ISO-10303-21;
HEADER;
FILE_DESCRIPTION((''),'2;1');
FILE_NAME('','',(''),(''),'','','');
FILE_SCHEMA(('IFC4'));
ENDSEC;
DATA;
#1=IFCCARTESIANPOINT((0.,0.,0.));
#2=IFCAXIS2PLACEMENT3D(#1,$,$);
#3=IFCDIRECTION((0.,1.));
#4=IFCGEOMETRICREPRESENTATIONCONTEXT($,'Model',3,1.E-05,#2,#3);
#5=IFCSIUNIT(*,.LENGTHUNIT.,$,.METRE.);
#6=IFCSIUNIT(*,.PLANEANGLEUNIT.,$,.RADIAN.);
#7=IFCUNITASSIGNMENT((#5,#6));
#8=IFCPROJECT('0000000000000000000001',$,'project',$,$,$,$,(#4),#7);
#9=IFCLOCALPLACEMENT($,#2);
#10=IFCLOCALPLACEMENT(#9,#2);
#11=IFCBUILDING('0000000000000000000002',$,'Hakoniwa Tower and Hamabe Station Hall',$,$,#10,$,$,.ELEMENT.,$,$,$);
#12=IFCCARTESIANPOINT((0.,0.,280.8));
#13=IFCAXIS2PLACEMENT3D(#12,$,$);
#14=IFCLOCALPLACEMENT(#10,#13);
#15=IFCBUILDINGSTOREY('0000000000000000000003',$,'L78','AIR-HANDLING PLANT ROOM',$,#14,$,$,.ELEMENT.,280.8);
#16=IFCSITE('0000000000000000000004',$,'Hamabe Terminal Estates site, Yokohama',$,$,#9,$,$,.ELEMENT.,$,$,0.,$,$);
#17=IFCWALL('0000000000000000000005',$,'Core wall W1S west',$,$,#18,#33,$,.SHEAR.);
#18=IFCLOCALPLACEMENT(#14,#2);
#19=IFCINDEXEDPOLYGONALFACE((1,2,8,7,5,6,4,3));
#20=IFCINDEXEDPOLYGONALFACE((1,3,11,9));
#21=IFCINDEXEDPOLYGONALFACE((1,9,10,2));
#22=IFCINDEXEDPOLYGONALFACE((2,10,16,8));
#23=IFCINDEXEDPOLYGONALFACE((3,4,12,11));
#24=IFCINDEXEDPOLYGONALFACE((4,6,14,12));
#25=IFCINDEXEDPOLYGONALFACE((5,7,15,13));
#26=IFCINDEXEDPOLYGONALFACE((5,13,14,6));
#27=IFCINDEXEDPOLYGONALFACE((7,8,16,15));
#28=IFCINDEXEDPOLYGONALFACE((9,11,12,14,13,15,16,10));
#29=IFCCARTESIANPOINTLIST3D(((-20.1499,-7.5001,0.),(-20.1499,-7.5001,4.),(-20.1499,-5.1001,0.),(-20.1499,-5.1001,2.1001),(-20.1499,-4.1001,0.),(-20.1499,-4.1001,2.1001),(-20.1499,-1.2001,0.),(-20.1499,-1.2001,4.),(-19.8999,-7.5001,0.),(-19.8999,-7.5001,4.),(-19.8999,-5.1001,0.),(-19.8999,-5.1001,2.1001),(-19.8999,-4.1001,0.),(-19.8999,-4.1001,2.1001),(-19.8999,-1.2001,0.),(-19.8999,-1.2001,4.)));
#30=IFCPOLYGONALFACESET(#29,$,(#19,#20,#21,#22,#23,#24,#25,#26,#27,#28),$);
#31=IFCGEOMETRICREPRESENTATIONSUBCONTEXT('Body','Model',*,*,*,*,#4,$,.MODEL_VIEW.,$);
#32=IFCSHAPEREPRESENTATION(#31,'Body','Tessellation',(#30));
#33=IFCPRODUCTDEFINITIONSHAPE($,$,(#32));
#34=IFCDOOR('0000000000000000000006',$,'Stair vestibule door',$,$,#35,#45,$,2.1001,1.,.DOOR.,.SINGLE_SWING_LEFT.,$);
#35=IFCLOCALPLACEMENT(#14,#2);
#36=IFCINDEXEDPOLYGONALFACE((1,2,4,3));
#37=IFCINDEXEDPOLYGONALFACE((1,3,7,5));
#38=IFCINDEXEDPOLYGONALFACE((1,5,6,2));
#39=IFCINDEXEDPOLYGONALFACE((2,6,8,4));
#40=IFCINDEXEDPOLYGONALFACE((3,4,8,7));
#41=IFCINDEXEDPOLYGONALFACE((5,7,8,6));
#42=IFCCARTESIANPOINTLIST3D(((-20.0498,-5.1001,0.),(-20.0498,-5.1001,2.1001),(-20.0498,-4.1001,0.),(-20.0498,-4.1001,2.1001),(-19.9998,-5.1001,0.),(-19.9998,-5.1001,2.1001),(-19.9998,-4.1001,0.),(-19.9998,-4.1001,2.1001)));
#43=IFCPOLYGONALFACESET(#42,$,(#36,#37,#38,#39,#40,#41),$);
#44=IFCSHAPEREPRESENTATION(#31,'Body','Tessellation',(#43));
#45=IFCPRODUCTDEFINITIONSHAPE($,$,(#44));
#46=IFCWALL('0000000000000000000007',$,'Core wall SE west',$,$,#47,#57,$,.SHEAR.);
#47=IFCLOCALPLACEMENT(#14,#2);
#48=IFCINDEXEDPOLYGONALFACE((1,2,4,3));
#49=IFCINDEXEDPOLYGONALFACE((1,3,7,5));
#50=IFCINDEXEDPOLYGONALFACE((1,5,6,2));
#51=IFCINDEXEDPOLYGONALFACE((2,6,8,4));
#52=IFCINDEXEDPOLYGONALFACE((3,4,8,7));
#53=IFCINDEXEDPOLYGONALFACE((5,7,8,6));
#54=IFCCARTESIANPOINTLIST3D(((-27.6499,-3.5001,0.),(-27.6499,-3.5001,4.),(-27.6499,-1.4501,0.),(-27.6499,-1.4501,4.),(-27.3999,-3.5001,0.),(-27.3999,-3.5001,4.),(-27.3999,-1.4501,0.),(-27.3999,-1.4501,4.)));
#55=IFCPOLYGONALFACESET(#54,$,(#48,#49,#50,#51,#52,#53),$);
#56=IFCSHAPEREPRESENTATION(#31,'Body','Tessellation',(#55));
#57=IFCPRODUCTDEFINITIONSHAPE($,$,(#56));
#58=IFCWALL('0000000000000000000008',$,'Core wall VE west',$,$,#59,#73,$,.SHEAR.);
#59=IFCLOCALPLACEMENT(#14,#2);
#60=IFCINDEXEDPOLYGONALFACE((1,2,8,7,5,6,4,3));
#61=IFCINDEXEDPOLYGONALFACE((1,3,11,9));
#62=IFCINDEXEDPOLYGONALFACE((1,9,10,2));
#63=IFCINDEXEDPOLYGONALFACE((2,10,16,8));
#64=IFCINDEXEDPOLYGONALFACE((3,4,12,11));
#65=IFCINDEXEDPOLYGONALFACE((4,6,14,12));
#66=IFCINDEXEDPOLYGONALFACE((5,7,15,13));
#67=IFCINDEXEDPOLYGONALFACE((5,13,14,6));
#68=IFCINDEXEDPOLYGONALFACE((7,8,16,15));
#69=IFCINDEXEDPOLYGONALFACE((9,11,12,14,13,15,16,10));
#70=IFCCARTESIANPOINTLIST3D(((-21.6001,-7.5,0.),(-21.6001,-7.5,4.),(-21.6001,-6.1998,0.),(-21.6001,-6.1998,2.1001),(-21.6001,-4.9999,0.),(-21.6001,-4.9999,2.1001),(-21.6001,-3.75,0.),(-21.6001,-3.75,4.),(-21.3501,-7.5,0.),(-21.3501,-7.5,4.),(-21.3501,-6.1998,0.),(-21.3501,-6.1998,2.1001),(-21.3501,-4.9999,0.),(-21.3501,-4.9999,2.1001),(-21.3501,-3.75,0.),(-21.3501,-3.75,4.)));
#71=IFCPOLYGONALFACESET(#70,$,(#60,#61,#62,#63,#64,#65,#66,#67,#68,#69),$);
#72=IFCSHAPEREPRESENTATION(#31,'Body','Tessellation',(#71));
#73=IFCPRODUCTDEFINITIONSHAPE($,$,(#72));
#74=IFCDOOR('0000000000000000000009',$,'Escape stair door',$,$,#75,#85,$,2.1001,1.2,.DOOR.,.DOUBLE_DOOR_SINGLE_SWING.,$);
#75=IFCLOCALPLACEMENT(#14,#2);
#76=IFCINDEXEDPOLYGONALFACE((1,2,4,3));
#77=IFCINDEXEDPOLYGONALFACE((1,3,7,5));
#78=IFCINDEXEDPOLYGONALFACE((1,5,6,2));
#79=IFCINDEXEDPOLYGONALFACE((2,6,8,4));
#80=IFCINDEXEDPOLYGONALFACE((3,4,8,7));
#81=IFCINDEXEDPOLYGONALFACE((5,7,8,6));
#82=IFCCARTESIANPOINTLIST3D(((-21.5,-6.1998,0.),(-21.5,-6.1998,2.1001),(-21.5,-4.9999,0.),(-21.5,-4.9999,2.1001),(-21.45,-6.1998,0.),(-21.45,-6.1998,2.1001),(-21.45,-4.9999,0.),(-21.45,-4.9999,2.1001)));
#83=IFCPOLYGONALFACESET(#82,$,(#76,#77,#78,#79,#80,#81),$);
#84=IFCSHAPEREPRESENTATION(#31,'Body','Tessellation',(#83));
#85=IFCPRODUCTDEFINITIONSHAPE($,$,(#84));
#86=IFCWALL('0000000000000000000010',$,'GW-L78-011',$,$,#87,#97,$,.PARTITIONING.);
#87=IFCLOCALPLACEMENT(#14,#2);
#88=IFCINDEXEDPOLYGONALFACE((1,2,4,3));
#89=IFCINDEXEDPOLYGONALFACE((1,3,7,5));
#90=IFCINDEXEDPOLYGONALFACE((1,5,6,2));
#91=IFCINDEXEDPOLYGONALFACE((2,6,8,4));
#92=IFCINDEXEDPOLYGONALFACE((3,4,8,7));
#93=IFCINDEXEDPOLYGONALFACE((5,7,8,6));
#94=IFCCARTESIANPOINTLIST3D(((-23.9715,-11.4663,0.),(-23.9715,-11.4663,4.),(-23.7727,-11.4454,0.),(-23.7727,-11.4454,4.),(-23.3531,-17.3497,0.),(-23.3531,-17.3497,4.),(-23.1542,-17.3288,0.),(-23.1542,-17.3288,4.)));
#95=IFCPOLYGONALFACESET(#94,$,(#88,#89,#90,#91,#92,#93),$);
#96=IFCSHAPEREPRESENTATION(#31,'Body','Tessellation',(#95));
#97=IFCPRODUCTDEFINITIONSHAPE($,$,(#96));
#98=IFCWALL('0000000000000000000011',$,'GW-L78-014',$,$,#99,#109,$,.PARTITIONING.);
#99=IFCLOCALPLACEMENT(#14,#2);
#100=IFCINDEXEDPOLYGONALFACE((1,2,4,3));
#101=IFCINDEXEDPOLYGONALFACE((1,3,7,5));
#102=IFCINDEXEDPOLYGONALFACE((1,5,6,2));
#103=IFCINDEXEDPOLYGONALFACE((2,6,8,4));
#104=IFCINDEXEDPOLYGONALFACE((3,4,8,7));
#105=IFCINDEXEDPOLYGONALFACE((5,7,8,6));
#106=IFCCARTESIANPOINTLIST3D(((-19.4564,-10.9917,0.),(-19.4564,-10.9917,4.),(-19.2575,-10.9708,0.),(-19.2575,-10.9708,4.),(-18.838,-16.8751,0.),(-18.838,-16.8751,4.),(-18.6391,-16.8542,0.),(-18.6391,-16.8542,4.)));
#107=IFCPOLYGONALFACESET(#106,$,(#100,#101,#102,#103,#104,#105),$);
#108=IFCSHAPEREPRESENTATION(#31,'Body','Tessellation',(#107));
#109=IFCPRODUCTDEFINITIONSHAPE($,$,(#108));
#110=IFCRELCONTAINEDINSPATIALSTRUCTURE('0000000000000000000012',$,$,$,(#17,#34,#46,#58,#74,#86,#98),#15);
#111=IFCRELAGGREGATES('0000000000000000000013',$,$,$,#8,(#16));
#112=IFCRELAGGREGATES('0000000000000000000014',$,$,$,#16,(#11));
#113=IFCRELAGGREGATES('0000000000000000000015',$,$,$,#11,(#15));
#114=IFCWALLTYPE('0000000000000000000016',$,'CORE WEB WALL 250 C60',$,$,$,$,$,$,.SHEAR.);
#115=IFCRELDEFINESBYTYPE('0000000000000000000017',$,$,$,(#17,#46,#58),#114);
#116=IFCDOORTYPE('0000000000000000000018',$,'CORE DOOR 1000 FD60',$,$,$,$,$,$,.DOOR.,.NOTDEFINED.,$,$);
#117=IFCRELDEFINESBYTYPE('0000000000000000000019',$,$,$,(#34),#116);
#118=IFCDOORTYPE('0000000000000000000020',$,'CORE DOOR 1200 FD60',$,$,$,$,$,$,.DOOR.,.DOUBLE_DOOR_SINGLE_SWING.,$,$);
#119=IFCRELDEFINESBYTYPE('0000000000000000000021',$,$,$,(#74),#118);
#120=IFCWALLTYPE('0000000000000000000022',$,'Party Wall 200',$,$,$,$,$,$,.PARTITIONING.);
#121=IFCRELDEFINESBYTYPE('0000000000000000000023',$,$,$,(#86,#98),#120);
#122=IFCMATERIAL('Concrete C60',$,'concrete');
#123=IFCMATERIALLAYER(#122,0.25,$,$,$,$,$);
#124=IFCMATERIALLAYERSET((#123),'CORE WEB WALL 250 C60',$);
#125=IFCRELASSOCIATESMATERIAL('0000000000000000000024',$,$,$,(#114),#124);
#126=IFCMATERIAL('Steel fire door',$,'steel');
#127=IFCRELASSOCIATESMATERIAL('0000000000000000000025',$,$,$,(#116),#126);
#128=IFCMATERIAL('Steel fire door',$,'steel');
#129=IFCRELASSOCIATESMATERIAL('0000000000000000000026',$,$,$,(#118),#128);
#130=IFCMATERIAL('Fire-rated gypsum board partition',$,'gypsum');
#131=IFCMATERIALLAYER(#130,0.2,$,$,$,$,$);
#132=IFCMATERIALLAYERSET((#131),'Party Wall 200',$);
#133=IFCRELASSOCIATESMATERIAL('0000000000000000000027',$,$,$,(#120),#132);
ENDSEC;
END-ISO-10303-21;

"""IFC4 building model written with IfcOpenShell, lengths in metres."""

from ifc_helpers import new_model, si_unit, direction, frame, frame_2d, origin, place, context, subcontext, project, spatial, rectangle, extrude, material, layer, layer_set, type_object, element, fill, save


model = new_model("IFC4")

# Units and contexts
model_context = context("Model", 3, precision=1e-05, world=origin(), true_north=direction((0.0, 1.0)))
body_context = subcontext(model_context, "Body", "Model", "MODEL_VIEW")
ifc_project = project(units=[si_unit("LENGTHUNIT", "METRE"), si_unit("PLANEANGLEUNIT", "RADIAN")], contexts=[model_context])

# Site, building, storey
site_placement = place(None, origin())
site = spatial("IfcSite", under=ifc_project, at=site_placement, Name="Hamabe Terminal Estates site, Yokohama", CompositionType="ELEMENT", RefElevation=0.0)
building_placement = place(site_placement, origin())
building = spatial("IfcBuilding", under=site, at=building_placement, Name="Hakoniwa Tower and Hamabe Station Hall", CompositionType="ELEMENT")
storey_placement = place(building_placement, frame((0.0, 0.0, 280.8)))
storey = spatial("IfcBuildingStorey", under=building, at=storey_placement, Name="L78", Description="AIR-HANDLING PLANT ROOM", CompositionType="ELEMENT", Elevation=280.8)

# Shared definitions
ifc_material_1 = material(Name="Concrete C60", Category="concrete")
ifc_layer_1 = layer(ifc_material_1, 0.25)
ifc_layer_set_1 = layer_set([ifc_layer_1], Name="CORE WEB WALL 250 C60")
wall_type_1 = type_object("IfcWallType", Name="CORE WEB WALL 250 C60", PredefinedType="SHEAR", material=ifc_layer_set_1)

# Wall, opening, door
wall_1_placement = place(storey_placement, frame((-20.0249, -7.5, 0.0), z_axis=(0.0, 0.0, 1.0), x_axis=(0.0, 1.0, 0.0)))
wall_1 = element("IfcWall", 1, at=wall_1_placement, inside=storey, type_object=wall_type_1, Name="Core wall W1S west", PredefinedType="SHEAR", context=body_context, shape_type="SweptSolid", body=[
    extrude(rectangle(XDim=6.3, YDim=0.25, at=frame_2d((3.1499, 0.0))), origin(), (0.0, 0.0, 1.0), 4.0),
])
opening_1_placement = place(wall_1_placement, frame((2.3999, 0.0, 0.0)))
opening_1 = element("IfcOpeningElement", 2, at=opening_1_placement, cuts=wall_1, PredefinedType="OPENING", context=body_context, shape_type="SweptSolid", body=[
    extrude(rectangle(XDim=1.0, YDim=2.1001, at=frame_2d((0.5, 1.05))), frame((0.0, 0.135, 0.0), z_axis=(0.0, -1.0, 0.0), x_axis=(1.0, 0.0, 0.0)), (0.0, 0.0, 1.0), 0.27),
])
ifc_material_2 = material(Name="Steel fire door", Category="steel")
door_type_1 = type_object("IfcDoorType", Name="CORE DOOR 1000 FD60", OperationType="NOTDEFINED", PredefinedType="DOOR", material=ifc_material_2)
door_1_placement = place(opening_1_placement, origin())
door_1 = element("IfcDoor", 3, at=door_1_placement, inside=storey, type_object=door_type_1, Name="Stair vestibule door", OperationType="SINGLE_SWING_LEFT", OverallHeight=2.1001, OverallWidth=1.0, PredefinedType="DOOR", context=body_context, shape_type="SweptSolid", body=[
    extrude(rectangle(XDim=1.0, YDim=2.1001, at=frame_2d((0.5, 1.05))), frame((0.0, 0.0249, 0.0), z_axis=(0.0, -1.0, 0.0), x_axis=(1.0, 0.0, 0.0)), (0.0, 0.0, 1.0), 0.05),
])
fill(opening_1, door_1)

# Wall
wall_2_placement = place(storey_placement, frame((-27.5249, -3.5, 0.0), z_axis=(0.0, 0.0, 1.0), x_axis=(0.0, 1.0, 0.0)))
element("IfcWall", 4, at=wall_2_placement, inside=storey, type_object=wall_type_1, Name="Core wall SE west", PredefinedType="SHEAR", context=body_context, shape_type="SweptSolid", body=[
    extrude(rectangle(XDim=2.05, YDim=0.25, at=frame_2d((1.0249, 0.0))), origin(), (0.0, 0.0, 1.0), 4.0),
])

# Wall, opening, door
wall_3_placement = place(storey_placement, frame((-21.4751, -7.5, 0.0), z_axis=(0.0, 0.0, 1.0), x_axis=(0.0, 1.0, 0.0)))
wall_3 = element("IfcWall", 5, at=wall_3_placement, inside=storey, type_object=wall_type_1, Name="Core wall VE west", PredefinedType="SHEAR", context=body_context, shape_type="SweptSolid", body=[
    extrude(rectangle(XDim=3.75, YDim=0.25, at=frame_2d((1.875, 0.0))), origin(), (0.0, 0.0, 1.0), 4.0),
])
opening_2_placement = place(wall_3_placement, frame((1.3, 0.0, 0.0)))
opening_2 = element("IfcOpeningElement", 6, at=opening_2_placement, cuts=wall_3, PredefinedType="OPENING", context=body_context, shape_type="SweptSolid", body=[
    extrude(rectangle(XDim=1.2, YDim=2.1001, at=frame_2d((0.6001, 1.05))), frame((0.0, 0.135, 0.0), z_axis=(0.0, -1.0, 0.0), x_axis=(1.0, 0.0, 0.0)), (0.0, 0.0, 1.0), 0.27),
])
ifc_material_3 = material(Name="Steel fire door", Category="steel")
door_type_2 = type_object("IfcDoorType", Name="CORE DOOR 1200 FD60", OperationType="DOUBLE_DOOR_SINGLE_SWING", PredefinedType="DOOR", material=ifc_material_3)
door_2_placement = place(opening_2_placement, origin())
door_2 = element("IfcDoor", 7, at=door_2_placement, inside=storey, type_object=door_type_2, Name="Escape stair door", OperationType="DOUBLE_DOOR_SINGLE_SWING", OverallHeight=2.1001, OverallWidth=1.2, PredefinedType="DOOR", context=body_context, shape_type="SweptSolid", body=[
    extrude(rectangle(XDim=1.2, YDim=2.1001, at=frame_2d((0.6001, 1.05))), frame((0.0, 0.0249, 0.0), z_axis=(0.0, -1.0, 0.0), x_axis=(1.0, 0.0, 0.0)), (0.0, 0.0, 1.0), 0.05),
])
fill(opening_2, door_2)

# Walls
ifc_material_4 = material(Name="Fire-rated gypsum board partition", Category="gypsum")
ifc_layer_2 = layer(ifc_material_4, 0.2)
ifc_layer_set_2 = layer_set([ifc_layer_2], Name="Party Wall 200")
wall_type_2 = type_object("IfcWallType", Name="Party Wall 200", PredefinedType="PARTITIONING", material=ifc_layer_set_2)
for number, where, z_axis, x_axis, name in (
    (8, (-23.2537, -17.3394, 0.0), (0.0, 0.0, 1.0), (-0.104537, 0.994521, 0.0), "GW-L78-011"),
    (9, (-18.7385, -16.8647, 0.0), (0.0, 0.0, 1.0), (-0.104537, 0.994521, 0.0), "GW-L78-014"),
):
    element("IfcWall", number, at=place(storey_placement, frame(where, z_axis=z_axis, x_axis=x_axis)), inside=storey, type_object=wall_type_2, Name=name, PredefinedType="PARTITIONING", context=body_context, shape_type="SweptSolid", body=[
        extrude(rectangle(XDim=5.9158, YDim=0.2, at=frame_2d((2.958, 0.0))), origin(), (0.0, 0.0, 1.0), 4.0),
    ])

save(model, "model.ifc")
